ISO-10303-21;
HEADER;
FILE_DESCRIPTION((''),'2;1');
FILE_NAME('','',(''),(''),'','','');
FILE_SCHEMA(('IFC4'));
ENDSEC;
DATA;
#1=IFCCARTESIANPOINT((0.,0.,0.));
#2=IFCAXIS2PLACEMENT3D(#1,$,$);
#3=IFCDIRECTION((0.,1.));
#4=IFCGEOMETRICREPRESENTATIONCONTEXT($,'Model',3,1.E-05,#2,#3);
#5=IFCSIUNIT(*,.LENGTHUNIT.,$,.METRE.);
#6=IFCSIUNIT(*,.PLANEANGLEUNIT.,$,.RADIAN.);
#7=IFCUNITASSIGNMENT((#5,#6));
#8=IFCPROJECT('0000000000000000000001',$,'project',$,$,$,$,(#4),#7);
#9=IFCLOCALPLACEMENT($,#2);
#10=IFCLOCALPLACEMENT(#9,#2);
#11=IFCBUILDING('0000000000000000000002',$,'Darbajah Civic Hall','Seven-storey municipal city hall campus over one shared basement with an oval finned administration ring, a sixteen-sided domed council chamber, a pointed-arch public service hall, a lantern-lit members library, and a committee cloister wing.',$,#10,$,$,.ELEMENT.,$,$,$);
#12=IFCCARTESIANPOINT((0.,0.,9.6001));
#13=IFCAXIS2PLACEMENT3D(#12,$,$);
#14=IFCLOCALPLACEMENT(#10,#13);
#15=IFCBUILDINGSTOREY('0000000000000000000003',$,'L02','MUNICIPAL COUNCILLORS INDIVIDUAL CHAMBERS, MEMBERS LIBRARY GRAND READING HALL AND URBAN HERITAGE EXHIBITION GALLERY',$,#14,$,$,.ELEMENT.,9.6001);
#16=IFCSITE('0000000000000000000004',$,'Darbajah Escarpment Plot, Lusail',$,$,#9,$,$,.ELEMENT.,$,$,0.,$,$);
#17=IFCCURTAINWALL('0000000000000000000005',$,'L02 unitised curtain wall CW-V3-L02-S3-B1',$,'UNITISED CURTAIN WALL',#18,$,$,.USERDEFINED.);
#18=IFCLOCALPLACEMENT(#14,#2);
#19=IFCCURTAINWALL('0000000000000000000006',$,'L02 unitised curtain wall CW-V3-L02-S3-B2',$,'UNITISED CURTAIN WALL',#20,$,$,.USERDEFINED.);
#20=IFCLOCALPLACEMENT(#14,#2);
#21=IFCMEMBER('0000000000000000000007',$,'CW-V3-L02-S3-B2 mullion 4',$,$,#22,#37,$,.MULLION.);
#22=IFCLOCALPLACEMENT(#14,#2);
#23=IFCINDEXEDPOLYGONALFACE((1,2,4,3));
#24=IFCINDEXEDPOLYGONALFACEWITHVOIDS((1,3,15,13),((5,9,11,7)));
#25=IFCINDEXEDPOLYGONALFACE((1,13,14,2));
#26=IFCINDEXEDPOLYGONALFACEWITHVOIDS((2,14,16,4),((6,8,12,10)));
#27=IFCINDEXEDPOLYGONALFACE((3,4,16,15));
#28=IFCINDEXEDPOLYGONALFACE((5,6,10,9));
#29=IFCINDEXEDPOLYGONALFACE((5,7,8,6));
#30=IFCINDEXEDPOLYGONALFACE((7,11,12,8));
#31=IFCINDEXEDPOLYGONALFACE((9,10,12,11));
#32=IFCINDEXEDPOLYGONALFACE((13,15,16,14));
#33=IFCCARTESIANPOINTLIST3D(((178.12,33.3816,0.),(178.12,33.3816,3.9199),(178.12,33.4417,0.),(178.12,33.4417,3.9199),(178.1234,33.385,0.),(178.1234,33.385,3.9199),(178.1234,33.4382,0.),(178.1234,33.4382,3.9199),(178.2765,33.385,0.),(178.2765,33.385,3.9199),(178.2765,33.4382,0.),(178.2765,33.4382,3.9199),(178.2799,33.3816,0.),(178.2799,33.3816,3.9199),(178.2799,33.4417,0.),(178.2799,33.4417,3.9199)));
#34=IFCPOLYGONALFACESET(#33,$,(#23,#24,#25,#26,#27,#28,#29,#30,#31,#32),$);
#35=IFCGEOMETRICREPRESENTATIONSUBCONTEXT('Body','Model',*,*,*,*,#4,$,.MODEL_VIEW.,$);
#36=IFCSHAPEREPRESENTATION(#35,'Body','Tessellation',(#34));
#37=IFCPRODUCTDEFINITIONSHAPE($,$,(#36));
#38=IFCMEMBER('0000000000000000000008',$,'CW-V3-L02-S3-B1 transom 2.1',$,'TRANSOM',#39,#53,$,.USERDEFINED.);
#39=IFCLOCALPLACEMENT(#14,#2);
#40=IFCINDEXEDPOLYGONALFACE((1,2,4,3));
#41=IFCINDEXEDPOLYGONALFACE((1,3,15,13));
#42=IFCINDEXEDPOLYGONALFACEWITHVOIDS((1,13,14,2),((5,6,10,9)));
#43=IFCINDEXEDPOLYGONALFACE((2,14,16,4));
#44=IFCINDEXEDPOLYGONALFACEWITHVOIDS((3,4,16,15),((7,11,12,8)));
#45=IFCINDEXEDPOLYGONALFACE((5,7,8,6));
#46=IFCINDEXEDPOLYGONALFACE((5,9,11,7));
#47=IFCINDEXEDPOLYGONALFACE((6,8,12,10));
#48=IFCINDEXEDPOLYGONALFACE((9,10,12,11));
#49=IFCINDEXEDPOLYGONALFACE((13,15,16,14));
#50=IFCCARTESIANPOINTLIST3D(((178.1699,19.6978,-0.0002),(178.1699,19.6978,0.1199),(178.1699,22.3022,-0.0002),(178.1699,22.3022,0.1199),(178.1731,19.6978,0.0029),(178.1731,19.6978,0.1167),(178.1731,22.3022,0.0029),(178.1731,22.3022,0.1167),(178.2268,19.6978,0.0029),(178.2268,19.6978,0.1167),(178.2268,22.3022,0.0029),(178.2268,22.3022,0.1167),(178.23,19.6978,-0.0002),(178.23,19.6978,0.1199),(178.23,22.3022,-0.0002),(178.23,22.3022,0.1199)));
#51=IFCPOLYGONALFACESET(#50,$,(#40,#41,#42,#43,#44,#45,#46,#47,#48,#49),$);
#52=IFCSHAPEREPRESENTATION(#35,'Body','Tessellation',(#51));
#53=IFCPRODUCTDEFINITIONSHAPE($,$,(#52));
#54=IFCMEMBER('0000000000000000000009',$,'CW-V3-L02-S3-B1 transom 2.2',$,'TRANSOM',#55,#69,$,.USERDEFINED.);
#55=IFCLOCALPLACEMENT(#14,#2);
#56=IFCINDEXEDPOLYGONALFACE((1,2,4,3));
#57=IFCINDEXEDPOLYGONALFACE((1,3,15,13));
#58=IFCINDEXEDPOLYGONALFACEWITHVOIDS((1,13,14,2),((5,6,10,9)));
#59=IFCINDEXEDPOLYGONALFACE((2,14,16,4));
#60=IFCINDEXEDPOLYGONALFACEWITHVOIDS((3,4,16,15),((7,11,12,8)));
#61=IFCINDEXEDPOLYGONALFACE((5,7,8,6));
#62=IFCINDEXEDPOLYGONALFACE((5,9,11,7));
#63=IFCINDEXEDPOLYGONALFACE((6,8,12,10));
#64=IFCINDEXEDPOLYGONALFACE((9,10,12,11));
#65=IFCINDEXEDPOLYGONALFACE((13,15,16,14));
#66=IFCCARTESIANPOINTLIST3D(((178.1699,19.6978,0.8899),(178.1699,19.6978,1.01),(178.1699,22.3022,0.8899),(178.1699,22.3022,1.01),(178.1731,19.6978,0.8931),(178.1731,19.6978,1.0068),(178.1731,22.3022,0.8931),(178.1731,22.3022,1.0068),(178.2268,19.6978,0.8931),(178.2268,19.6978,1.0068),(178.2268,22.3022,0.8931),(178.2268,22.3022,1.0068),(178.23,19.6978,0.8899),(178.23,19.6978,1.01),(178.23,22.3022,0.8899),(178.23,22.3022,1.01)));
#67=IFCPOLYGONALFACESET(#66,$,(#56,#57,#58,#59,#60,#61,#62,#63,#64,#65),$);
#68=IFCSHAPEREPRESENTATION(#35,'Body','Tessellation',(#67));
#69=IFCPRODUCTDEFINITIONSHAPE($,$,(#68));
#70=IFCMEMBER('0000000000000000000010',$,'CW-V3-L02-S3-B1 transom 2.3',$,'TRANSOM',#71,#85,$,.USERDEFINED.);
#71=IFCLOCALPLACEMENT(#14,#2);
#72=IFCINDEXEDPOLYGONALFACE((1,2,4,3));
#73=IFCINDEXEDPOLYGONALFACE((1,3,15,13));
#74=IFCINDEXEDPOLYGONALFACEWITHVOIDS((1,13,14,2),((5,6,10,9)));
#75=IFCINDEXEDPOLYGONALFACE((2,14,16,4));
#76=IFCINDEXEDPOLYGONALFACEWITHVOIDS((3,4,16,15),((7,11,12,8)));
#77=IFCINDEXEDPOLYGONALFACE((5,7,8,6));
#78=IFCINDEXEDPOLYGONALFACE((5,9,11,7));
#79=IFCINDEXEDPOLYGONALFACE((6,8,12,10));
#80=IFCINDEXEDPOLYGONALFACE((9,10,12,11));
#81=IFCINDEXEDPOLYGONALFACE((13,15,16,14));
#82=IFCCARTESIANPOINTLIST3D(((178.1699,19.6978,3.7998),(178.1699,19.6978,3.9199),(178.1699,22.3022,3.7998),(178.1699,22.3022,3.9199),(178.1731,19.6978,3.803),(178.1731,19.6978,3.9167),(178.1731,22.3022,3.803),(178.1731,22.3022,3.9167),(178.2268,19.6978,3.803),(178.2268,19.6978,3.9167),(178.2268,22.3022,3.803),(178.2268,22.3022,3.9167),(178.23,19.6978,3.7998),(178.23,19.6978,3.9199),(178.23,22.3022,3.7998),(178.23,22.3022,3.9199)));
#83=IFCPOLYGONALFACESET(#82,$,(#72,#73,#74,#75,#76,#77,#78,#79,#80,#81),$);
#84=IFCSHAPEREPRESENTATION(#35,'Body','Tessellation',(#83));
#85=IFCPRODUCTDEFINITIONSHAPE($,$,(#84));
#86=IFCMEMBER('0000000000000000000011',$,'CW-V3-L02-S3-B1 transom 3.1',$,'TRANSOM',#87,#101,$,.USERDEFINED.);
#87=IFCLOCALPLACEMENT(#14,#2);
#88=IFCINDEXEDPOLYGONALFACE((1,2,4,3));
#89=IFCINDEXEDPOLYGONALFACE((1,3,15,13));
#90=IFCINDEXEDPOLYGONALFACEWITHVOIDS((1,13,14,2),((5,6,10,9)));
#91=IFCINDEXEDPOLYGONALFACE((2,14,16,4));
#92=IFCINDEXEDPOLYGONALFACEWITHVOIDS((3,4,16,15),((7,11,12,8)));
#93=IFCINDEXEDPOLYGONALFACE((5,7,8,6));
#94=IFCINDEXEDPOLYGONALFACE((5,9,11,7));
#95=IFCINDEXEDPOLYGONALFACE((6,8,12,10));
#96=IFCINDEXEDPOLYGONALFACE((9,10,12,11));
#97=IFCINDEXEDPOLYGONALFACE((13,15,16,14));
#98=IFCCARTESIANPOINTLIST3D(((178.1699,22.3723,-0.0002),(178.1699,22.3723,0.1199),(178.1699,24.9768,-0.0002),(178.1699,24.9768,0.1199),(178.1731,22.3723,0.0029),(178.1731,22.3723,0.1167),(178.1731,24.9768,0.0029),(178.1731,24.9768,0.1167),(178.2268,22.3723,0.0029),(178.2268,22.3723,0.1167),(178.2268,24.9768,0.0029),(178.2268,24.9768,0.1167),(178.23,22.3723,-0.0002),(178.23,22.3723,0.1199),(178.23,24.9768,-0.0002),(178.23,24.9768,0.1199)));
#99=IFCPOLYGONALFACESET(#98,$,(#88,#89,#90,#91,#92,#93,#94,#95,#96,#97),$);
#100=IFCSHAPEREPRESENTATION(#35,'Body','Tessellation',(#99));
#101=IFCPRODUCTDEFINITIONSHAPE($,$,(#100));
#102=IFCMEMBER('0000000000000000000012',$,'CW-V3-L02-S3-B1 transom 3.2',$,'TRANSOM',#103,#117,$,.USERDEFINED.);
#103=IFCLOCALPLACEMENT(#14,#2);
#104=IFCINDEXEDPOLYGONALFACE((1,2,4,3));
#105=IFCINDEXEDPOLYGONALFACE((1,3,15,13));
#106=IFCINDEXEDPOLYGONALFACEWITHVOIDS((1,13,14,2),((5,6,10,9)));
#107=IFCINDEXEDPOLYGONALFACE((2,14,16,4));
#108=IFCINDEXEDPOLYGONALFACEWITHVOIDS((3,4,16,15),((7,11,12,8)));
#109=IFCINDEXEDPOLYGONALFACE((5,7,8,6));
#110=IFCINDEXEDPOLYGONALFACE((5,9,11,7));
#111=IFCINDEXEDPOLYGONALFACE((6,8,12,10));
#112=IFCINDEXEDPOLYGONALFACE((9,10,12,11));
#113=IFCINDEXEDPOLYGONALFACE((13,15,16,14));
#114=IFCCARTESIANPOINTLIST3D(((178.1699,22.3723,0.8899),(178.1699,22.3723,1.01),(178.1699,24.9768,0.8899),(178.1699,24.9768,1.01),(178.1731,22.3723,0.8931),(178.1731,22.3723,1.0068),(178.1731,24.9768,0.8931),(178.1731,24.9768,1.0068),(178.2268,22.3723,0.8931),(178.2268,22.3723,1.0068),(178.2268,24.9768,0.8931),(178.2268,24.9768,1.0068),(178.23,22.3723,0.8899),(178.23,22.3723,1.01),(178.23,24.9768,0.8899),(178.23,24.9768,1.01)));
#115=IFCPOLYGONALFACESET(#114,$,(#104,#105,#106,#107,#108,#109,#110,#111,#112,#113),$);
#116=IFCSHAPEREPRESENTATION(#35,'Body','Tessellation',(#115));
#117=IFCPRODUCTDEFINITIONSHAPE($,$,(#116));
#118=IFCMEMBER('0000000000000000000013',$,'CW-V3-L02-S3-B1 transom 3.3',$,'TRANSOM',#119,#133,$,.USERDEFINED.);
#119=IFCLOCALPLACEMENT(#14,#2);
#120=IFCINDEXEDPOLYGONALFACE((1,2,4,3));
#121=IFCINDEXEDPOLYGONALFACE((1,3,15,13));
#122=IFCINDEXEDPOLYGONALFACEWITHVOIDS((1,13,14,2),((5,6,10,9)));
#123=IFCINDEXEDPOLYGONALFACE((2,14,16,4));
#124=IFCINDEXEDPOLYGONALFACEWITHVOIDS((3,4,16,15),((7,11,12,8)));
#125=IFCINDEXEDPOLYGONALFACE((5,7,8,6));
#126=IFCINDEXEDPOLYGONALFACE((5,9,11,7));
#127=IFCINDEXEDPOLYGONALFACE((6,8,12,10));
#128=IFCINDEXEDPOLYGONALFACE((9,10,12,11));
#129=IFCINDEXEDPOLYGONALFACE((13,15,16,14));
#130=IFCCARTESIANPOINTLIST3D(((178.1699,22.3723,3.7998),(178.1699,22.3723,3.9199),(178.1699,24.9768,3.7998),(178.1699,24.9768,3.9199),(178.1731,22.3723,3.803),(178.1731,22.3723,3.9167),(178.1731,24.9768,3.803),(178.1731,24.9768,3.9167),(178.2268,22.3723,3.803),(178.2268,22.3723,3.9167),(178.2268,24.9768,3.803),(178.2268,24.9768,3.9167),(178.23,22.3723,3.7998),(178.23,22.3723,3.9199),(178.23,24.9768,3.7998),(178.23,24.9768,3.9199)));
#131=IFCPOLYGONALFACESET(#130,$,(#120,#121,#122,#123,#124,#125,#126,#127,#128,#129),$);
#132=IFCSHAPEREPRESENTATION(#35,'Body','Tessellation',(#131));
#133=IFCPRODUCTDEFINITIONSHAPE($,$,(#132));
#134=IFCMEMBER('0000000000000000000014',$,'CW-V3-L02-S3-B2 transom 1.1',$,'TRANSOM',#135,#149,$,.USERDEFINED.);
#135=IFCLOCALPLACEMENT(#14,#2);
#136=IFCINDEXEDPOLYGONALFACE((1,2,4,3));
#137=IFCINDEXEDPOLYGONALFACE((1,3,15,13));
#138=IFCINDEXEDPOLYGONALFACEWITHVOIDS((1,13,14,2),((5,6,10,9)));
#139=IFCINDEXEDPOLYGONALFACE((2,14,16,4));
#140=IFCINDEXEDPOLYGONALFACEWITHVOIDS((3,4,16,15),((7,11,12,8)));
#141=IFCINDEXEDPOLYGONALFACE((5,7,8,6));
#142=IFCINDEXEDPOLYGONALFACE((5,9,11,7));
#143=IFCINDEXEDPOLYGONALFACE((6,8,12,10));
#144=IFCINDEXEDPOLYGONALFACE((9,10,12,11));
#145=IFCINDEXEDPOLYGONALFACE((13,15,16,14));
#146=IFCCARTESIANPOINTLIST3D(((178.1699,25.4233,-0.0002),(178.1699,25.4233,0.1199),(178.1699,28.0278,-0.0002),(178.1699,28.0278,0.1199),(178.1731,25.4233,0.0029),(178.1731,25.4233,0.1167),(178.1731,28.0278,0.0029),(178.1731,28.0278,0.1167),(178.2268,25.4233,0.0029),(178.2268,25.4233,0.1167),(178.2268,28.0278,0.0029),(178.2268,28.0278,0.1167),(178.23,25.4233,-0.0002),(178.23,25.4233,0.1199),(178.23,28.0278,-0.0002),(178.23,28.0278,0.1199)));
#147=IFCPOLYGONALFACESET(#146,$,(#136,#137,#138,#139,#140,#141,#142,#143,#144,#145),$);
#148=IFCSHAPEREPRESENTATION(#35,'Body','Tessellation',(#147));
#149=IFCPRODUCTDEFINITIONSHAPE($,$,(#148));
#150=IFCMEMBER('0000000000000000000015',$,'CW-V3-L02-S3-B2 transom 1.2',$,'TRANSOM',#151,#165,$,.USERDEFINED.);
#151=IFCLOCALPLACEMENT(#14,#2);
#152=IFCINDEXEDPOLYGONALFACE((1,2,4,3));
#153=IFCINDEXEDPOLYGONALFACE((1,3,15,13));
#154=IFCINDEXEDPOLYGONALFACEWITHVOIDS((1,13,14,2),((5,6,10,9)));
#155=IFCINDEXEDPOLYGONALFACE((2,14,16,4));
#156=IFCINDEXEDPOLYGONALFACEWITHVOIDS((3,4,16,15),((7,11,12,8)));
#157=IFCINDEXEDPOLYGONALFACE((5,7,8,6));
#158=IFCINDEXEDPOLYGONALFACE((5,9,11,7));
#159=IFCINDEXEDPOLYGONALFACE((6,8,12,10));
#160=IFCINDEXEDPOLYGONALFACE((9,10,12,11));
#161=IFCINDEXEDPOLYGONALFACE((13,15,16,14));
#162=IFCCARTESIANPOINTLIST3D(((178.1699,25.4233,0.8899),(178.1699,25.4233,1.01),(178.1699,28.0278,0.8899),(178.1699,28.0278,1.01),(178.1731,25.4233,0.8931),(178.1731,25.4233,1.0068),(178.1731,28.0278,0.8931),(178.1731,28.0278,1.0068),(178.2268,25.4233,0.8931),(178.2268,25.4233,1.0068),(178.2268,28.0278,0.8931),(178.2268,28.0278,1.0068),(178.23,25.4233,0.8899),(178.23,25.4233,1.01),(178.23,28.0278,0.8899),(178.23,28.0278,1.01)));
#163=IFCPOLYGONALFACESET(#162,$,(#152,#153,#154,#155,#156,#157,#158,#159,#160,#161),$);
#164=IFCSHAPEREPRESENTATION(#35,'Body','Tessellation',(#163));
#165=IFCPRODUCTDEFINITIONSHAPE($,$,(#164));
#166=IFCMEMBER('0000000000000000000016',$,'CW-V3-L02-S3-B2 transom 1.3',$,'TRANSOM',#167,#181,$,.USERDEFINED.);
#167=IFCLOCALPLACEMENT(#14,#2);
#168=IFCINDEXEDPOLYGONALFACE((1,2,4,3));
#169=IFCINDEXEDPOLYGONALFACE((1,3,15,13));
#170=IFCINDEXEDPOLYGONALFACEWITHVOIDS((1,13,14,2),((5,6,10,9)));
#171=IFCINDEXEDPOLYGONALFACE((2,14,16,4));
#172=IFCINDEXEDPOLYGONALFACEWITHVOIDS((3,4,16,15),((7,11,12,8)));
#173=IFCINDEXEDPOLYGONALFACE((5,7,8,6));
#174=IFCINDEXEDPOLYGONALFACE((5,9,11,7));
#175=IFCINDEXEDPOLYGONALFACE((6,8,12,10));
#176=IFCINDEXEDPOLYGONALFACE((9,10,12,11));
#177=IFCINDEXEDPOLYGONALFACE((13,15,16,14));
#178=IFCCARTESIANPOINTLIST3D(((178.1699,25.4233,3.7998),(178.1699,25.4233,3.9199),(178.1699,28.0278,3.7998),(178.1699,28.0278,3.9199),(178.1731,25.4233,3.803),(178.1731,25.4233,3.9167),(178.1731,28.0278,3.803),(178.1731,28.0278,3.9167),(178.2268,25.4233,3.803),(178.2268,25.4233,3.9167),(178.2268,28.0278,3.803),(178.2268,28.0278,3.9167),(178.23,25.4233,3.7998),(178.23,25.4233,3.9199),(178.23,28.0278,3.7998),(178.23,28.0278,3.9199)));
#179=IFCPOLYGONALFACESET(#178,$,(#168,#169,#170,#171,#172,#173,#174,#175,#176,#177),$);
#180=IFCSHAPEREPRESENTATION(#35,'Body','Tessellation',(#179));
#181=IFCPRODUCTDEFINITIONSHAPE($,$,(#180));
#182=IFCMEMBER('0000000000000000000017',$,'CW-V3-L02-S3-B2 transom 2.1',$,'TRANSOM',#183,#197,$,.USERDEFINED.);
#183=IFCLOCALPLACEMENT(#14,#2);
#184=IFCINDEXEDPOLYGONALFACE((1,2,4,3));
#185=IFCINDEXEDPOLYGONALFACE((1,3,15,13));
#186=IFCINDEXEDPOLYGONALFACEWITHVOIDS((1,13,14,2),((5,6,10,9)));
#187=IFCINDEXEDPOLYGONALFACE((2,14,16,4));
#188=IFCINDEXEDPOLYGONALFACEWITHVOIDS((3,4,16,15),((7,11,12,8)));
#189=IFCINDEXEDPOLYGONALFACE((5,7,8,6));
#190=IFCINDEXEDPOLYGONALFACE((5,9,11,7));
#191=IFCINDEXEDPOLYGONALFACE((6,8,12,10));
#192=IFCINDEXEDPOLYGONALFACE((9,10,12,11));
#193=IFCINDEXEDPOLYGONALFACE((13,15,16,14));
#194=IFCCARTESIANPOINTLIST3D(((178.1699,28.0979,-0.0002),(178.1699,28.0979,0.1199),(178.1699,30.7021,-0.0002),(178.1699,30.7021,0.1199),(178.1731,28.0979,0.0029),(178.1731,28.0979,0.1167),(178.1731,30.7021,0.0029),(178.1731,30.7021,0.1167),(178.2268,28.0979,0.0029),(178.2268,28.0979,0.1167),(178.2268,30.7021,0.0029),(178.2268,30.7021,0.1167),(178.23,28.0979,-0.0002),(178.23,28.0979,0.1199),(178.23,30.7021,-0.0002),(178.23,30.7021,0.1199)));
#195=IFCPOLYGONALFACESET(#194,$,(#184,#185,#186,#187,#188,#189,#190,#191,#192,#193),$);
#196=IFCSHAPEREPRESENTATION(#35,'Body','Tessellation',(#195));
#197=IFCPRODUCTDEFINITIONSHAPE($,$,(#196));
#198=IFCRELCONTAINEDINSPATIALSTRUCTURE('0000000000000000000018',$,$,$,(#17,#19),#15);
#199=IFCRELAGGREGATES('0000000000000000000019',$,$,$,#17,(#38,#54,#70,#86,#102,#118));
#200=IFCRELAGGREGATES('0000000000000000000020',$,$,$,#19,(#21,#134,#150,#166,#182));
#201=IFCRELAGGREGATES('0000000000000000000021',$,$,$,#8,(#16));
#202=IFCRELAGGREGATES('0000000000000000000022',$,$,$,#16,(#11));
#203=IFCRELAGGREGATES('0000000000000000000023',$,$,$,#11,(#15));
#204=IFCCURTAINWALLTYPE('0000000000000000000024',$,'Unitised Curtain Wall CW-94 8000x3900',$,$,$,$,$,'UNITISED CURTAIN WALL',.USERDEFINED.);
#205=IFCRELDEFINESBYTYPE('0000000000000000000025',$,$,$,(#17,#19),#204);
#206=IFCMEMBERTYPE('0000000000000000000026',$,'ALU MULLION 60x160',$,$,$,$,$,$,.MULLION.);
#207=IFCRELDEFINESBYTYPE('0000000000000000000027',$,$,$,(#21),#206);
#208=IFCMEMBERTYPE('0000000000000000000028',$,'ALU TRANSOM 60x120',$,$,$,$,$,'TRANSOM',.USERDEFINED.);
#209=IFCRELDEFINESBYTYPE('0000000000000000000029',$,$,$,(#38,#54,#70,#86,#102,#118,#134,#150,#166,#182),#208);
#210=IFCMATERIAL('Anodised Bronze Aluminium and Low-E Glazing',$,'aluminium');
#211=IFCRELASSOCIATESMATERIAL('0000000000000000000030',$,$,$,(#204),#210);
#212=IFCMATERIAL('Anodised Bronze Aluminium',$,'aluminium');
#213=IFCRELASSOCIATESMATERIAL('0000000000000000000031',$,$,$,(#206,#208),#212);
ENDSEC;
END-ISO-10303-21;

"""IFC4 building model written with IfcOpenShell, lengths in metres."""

from ifc_helpers import new_model, si_unit, direction, frame, origin, origin_2d, place, context, subcontext, project, spatial, hollow_rectangle, extrude, material, material_profile, profile_set, type_object, element, aggregate, save


model = new_model("IFC4")

# Units and contexts
model_context = context("Model", 3, precision=1e-05, world=origin(), true_north=direction((0.0, 1.0)))
body_context = subcontext(model_context, "Body", "Model", "MODEL_VIEW")
ifc_project = project(units=[si_unit("LENGTHUNIT", "METRE"), si_unit("PLANEANGLEUNIT", "RADIAN")], contexts=[model_context])

# Site, building, storey
site_placement = place(None, origin())
site = spatial("IfcSite", under=ifc_project, at=site_placement, Name="Darbajah Escarpment Plot, Lusail", CompositionType="ELEMENT", RefElevation=0.0)
building_placement = place(site_placement, origin())
building = spatial("IfcBuilding", under=site, at=building_placement, Name="Darbajah Civic Hall", Description="Seven-storey municipal city hall campus over one shared basement with an oval finned administration ring, a sixteen-sided domed council chamber, a pointed-arch public service hall, a lantern-lit members library, and a committee cloister wing.", CompositionType="ELEMENT")
storey_placement = place(building_placement, frame((0.0, 0.0, 9.6001)))
storey = spatial("IfcBuildingStorey", under=building, at=storey_placement, Name="L02", Description="MUNICIPAL COUNCILLORS INDIVIDUAL CHAMBERS, MEMBERS LIBRARY GRAND READING HALL AND URBAN HERITAGE EXHIBITION GALLERY", CompositionType="ELEMENT", Elevation=9.6001)

# Curtain walls, member
ifc_material_1 = material(Name="Anodised Bronze Aluminium and Low-E Glazing", Category="aluminium")
curtain_wall_type = type_object("IfcCurtainWallType", Name="Unitised Curtain Wall CW-94 8000x3900", ElementType="UNITISED CURTAIN WALL", PredefinedType="USERDEFINED", material=ifc_material_1)
curtain_wall_1_placement = place(storey_placement, origin())
curtain_wall_1 = element("IfcCurtainWall", 1, at=curtain_wall_1_placement, inside=storey, type_object=curtain_wall_type, Name="L02 unitised curtain wall CW-V3-L02-S3-B1", ObjectType="UNITISED CURTAIN WALL", PredefinedType="USERDEFINED")
ifc_material_2 = material(Name="Anodised Bronze Aluminium", Category="aluminium")
ifc_material_profile_1 = material_profile(ifc_material_2, hollow_rectangle(XDim=0.0601, YDim=0.1599, WallThickness=0.0034, at=origin_2d()), Name="ALU MULLION 60x160")
ifc_profile_set_1 = profile_set([ifc_material_profile_1], Name="Anodised Bronze Aluminium")
member_type_1 = type_object("IfcMemberType", Name="ALU MULLION 60x160", PredefinedType="MULLION", material=ifc_profile_set_1)
curtain_wall_2_placement = place(storey_placement, origin())
curtain_wall_2 = element("IfcCurtainWall", 2, at=curtain_wall_2_placement, inside=storey, type_object=curtain_wall_type, Name="L02 unitised curtain wall CW-V3-L02-S3-B2", ObjectType="UNITISED CURTAIN WALL", PredefinedType="USERDEFINED")
member_1_placement = place(storey_placement, frame((178.2, 33.4116, 0.0), z_axis=(0.0, 0.0, 1.0), x_axis=(0.0, 1.0, 0.0)))
member_1 = element("IfcMember", 3, at=member_1_placement, type_object=member_type_1, Name="CW-V3-L02-S3-B2 mullion 4", PredefinedType="MULLION", context=body_context, shape_type="SweptSolid", body=[
    extrude(hollow_rectangle(XDim=0.0601, YDim=0.1599, WallThickness=0.0034, at=origin_2d()), origin(), (0.0, 0.0, 1.0), 3.9199),
])

# Members
ifc_material_profile_2 = material_profile(ifc_material_2, hollow_rectangle(XDim=0.0601, YDim=0.1201, WallThickness=0.0032, at=origin_2d()), Name="ALU TRANSOM 60x120")
ifc_profile_set_2 = profile_set([ifc_material_profile_2], Name="Anodised Bronze Aluminium")
member_type_2 = type_object("IfcMemberType", Name="ALU TRANSOM 60x120", ElementType="TRANSOM", PredefinedType="USERDEFINED", material=ifc_profile_set_2)
member_2_placement = place(storey_placement, frame((178.2, 19.6978, 0.0598), z_axis=(0.0, 1.0, 0.0), x_axis=(-1.0, 0.0, 0.0)))
member_2 = element("IfcMember", 4, at=member_2_placement, type_object=member_type_2, Name="CW-V3-L02-S3-B1 transom 2.1", ObjectType="TRANSOM", PredefinedType="USERDEFINED", context=body_context, shape_type="SweptSolid", body=[
    extrude(hollow_rectangle(XDim=0.0601, YDim=0.1201, WallThickness=0.0032, at=origin_2d()), origin(), (0.0, 0.0, 1.0), 2.6045),
])
member_3_placement = place(storey_placement, frame((178.2, 19.6978, 0.95), z_axis=(0.0, 1.0, 0.0), x_axis=(-1.0, 0.0, 0.0)))
member_3 = element("IfcMember", 5, at=member_3_placement, type_object=member_type_2, Name="CW-V3-L02-S3-B1 transom 2.2", ObjectType="TRANSOM", PredefinedType="USERDEFINED", context=body_context, shape_type="SweptSolid", body=[
    extrude(hollow_rectangle(XDim=0.0601, YDim=0.1201, WallThickness=0.0032, at=origin_2d()), origin(), (0.0, 0.0, 1.0), 2.6045),
])
member_4_placement = place(storey_placement, frame((178.2, 19.6978, 3.8599), z_axis=(0.0, 1.0, 0.0), x_axis=(-1.0, 0.0, 0.0)))
member_4 = element("IfcMember", 6, at=member_4_placement, type_object=member_type_2, Name="CW-V3-L02-S3-B1 transom 2.3", ObjectType="TRANSOM", PredefinedType="USERDEFINED", context=body_context, shape_type="SweptSolid", body=[
    extrude(hollow_rectangle(XDim=0.0601, YDim=0.1201, WallThickness=0.0032, at=origin_2d()), origin(), (0.0, 0.0, 1.0), 2.6045),
])
member_5_placement = place(storey_placement, frame((178.2, 22.3723, 0.0598), z_axis=(0.0, 1.0, 0.0), x_axis=(-1.0, 0.0, 0.0)))
member_5 = element("IfcMember", 7, at=member_5_placement, type_object=member_type_2, Name="CW-V3-L02-S3-B1 transom 3.1", ObjectType="TRANSOM", PredefinedType="USERDEFINED", context=body_context, shape_type="SweptSolid", body=[
    extrude(hollow_rectangle(XDim=0.0601, YDim=0.1201, WallThickness=0.0032, at=origin_2d()), origin(), (0.0, 0.0, 1.0), 2.6045),
])
member_6_placement = place(storey_placement, frame((178.2, 22.3723, 0.95), z_axis=(0.0, 1.0, 0.0), x_axis=(-1.0, 0.0, 0.0)))
member_6 = element("IfcMember", 8, at=member_6_placement, type_object=member_type_2, Name="CW-V3-L02-S3-B1 transom 3.2", ObjectType="TRANSOM", PredefinedType="USERDEFINED", context=body_context, shape_type="SweptSolid", body=[
    extrude(hollow_rectangle(XDim=0.0601, YDim=0.1201, WallThickness=0.0032, at=origin_2d()), origin(), (0.0, 0.0, 1.0), 2.6045),
])
member_7_placement = place(storey_placement, frame((178.2, 22.3723, 3.8599), z_axis=(0.0, 1.0, 0.0), x_axis=(-1.0, 0.0, 0.0)))
member_7 = element("IfcMember", 9, at=member_7_placement, type_object=member_type_2, Name="CW-V3-L02-S3-B1 transom 3.3", ObjectType="TRANSOM", PredefinedType="USERDEFINED", context=body_context, shape_type="SweptSolid", body=[
    extrude(hollow_rectangle(XDim=0.0601, YDim=0.1201, WallThickness=0.0032, at=origin_2d()), origin(), (0.0, 0.0, 1.0), 2.6045),
])
member_8_placement = place(storey_placement, frame((178.2, 25.4233, 0.0598), z_axis=(0.0, 1.0, 0.0), x_axis=(-1.0, 0.0, 0.0)))
member_8 = element("IfcMember", 10, at=member_8_placement, type_object=member_type_2, Name="CW-V3-L02-S3-B2 transom 1.1", ObjectType="TRANSOM", PredefinedType="USERDEFINED", context=body_context, shape_type="SweptSolid", body=[
    extrude(hollow_rectangle(XDim=0.0601, YDim=0.1201, WallThickness=0.0032, at=origin_2d()), origin(), (0.0, 0.0, 1.0), 2.6045),
])
member_9_placement = place(storey_placement, frame((178.2, 25.4233, 0.95), z_axis=(0.0, 1.0, 0.0), x_axis=(-1.0, 0.0, 0.0)))
member_9 = element("IfcMember", 11, at=member_9_placement, type_object=member_type_2, Name="CW-V3-L02-S3-B2 transom 1.2", ObjectType="TRANSOM", PredefinedType="USERDEFINED", context=body_context, shape_type="SweptSolid", body=[
    extrude(hollow_rectangle(XDim=0.0601, YDim=0.1201, WallThickness=0.0032, at=origin_2d()), origin(), (0.0, 0.0, 1.0), 2.6045),
])
member_10_placement = place(storey_placement, frame((178.2, 25.4233, 3.8599), z_axis=(0.0, 1.0, 0.0), x_axis=(-1.0, 0.0, 0.0)))
member_10 = element("IfcMember", 12, at=member_10_placement, type_object=member_type_2, Name="CW-V3-L02-S3-B2 transom 1.3", ObjectType="TRANSOM", PredefinedType="USERDEFINED", context=body_context, shape_type="SweptSolid", body=[
    extrude(hollow_rectangle(XDim=0.0601, YDim=0.1201, WallThickness=0.0032, at=origin_2d()), origin(), (0.0, 0.0, 1.0), 2.6045),
])
member_11_placement = place(storey_placement, frame((178.2, 28.0979, 0.0598), z_axis=(0.0, 1.0, 0.0), x_axis=(-1.0, 0.0, 0.0)))
member_11 = element("IfcMember", 13, at=member_11_placement, type_object=member_type_2, Name="CW-V3-L02-S3-B2 transom 2.1", ObjectType="TRANSOM", PredefinedType="USERDEFINED", context=body_context, shape_type="SweptSolid", body=[
    extrude(hollow_rectangle(XDim=0.0601, YDim=0.1201, WallThickness=0.0032, at=origin_2d()), origin(), (0.0, 0.0, 1.0), 2.6042),
])

aggregate(curtain_wall_1, [member_2, member_3, member_4, member_5, member_6, member_7])
aggregate(curtain_wall_2, [member_1, member_8, member_9, member_10, member_11])

save(model, "model.ifc")
